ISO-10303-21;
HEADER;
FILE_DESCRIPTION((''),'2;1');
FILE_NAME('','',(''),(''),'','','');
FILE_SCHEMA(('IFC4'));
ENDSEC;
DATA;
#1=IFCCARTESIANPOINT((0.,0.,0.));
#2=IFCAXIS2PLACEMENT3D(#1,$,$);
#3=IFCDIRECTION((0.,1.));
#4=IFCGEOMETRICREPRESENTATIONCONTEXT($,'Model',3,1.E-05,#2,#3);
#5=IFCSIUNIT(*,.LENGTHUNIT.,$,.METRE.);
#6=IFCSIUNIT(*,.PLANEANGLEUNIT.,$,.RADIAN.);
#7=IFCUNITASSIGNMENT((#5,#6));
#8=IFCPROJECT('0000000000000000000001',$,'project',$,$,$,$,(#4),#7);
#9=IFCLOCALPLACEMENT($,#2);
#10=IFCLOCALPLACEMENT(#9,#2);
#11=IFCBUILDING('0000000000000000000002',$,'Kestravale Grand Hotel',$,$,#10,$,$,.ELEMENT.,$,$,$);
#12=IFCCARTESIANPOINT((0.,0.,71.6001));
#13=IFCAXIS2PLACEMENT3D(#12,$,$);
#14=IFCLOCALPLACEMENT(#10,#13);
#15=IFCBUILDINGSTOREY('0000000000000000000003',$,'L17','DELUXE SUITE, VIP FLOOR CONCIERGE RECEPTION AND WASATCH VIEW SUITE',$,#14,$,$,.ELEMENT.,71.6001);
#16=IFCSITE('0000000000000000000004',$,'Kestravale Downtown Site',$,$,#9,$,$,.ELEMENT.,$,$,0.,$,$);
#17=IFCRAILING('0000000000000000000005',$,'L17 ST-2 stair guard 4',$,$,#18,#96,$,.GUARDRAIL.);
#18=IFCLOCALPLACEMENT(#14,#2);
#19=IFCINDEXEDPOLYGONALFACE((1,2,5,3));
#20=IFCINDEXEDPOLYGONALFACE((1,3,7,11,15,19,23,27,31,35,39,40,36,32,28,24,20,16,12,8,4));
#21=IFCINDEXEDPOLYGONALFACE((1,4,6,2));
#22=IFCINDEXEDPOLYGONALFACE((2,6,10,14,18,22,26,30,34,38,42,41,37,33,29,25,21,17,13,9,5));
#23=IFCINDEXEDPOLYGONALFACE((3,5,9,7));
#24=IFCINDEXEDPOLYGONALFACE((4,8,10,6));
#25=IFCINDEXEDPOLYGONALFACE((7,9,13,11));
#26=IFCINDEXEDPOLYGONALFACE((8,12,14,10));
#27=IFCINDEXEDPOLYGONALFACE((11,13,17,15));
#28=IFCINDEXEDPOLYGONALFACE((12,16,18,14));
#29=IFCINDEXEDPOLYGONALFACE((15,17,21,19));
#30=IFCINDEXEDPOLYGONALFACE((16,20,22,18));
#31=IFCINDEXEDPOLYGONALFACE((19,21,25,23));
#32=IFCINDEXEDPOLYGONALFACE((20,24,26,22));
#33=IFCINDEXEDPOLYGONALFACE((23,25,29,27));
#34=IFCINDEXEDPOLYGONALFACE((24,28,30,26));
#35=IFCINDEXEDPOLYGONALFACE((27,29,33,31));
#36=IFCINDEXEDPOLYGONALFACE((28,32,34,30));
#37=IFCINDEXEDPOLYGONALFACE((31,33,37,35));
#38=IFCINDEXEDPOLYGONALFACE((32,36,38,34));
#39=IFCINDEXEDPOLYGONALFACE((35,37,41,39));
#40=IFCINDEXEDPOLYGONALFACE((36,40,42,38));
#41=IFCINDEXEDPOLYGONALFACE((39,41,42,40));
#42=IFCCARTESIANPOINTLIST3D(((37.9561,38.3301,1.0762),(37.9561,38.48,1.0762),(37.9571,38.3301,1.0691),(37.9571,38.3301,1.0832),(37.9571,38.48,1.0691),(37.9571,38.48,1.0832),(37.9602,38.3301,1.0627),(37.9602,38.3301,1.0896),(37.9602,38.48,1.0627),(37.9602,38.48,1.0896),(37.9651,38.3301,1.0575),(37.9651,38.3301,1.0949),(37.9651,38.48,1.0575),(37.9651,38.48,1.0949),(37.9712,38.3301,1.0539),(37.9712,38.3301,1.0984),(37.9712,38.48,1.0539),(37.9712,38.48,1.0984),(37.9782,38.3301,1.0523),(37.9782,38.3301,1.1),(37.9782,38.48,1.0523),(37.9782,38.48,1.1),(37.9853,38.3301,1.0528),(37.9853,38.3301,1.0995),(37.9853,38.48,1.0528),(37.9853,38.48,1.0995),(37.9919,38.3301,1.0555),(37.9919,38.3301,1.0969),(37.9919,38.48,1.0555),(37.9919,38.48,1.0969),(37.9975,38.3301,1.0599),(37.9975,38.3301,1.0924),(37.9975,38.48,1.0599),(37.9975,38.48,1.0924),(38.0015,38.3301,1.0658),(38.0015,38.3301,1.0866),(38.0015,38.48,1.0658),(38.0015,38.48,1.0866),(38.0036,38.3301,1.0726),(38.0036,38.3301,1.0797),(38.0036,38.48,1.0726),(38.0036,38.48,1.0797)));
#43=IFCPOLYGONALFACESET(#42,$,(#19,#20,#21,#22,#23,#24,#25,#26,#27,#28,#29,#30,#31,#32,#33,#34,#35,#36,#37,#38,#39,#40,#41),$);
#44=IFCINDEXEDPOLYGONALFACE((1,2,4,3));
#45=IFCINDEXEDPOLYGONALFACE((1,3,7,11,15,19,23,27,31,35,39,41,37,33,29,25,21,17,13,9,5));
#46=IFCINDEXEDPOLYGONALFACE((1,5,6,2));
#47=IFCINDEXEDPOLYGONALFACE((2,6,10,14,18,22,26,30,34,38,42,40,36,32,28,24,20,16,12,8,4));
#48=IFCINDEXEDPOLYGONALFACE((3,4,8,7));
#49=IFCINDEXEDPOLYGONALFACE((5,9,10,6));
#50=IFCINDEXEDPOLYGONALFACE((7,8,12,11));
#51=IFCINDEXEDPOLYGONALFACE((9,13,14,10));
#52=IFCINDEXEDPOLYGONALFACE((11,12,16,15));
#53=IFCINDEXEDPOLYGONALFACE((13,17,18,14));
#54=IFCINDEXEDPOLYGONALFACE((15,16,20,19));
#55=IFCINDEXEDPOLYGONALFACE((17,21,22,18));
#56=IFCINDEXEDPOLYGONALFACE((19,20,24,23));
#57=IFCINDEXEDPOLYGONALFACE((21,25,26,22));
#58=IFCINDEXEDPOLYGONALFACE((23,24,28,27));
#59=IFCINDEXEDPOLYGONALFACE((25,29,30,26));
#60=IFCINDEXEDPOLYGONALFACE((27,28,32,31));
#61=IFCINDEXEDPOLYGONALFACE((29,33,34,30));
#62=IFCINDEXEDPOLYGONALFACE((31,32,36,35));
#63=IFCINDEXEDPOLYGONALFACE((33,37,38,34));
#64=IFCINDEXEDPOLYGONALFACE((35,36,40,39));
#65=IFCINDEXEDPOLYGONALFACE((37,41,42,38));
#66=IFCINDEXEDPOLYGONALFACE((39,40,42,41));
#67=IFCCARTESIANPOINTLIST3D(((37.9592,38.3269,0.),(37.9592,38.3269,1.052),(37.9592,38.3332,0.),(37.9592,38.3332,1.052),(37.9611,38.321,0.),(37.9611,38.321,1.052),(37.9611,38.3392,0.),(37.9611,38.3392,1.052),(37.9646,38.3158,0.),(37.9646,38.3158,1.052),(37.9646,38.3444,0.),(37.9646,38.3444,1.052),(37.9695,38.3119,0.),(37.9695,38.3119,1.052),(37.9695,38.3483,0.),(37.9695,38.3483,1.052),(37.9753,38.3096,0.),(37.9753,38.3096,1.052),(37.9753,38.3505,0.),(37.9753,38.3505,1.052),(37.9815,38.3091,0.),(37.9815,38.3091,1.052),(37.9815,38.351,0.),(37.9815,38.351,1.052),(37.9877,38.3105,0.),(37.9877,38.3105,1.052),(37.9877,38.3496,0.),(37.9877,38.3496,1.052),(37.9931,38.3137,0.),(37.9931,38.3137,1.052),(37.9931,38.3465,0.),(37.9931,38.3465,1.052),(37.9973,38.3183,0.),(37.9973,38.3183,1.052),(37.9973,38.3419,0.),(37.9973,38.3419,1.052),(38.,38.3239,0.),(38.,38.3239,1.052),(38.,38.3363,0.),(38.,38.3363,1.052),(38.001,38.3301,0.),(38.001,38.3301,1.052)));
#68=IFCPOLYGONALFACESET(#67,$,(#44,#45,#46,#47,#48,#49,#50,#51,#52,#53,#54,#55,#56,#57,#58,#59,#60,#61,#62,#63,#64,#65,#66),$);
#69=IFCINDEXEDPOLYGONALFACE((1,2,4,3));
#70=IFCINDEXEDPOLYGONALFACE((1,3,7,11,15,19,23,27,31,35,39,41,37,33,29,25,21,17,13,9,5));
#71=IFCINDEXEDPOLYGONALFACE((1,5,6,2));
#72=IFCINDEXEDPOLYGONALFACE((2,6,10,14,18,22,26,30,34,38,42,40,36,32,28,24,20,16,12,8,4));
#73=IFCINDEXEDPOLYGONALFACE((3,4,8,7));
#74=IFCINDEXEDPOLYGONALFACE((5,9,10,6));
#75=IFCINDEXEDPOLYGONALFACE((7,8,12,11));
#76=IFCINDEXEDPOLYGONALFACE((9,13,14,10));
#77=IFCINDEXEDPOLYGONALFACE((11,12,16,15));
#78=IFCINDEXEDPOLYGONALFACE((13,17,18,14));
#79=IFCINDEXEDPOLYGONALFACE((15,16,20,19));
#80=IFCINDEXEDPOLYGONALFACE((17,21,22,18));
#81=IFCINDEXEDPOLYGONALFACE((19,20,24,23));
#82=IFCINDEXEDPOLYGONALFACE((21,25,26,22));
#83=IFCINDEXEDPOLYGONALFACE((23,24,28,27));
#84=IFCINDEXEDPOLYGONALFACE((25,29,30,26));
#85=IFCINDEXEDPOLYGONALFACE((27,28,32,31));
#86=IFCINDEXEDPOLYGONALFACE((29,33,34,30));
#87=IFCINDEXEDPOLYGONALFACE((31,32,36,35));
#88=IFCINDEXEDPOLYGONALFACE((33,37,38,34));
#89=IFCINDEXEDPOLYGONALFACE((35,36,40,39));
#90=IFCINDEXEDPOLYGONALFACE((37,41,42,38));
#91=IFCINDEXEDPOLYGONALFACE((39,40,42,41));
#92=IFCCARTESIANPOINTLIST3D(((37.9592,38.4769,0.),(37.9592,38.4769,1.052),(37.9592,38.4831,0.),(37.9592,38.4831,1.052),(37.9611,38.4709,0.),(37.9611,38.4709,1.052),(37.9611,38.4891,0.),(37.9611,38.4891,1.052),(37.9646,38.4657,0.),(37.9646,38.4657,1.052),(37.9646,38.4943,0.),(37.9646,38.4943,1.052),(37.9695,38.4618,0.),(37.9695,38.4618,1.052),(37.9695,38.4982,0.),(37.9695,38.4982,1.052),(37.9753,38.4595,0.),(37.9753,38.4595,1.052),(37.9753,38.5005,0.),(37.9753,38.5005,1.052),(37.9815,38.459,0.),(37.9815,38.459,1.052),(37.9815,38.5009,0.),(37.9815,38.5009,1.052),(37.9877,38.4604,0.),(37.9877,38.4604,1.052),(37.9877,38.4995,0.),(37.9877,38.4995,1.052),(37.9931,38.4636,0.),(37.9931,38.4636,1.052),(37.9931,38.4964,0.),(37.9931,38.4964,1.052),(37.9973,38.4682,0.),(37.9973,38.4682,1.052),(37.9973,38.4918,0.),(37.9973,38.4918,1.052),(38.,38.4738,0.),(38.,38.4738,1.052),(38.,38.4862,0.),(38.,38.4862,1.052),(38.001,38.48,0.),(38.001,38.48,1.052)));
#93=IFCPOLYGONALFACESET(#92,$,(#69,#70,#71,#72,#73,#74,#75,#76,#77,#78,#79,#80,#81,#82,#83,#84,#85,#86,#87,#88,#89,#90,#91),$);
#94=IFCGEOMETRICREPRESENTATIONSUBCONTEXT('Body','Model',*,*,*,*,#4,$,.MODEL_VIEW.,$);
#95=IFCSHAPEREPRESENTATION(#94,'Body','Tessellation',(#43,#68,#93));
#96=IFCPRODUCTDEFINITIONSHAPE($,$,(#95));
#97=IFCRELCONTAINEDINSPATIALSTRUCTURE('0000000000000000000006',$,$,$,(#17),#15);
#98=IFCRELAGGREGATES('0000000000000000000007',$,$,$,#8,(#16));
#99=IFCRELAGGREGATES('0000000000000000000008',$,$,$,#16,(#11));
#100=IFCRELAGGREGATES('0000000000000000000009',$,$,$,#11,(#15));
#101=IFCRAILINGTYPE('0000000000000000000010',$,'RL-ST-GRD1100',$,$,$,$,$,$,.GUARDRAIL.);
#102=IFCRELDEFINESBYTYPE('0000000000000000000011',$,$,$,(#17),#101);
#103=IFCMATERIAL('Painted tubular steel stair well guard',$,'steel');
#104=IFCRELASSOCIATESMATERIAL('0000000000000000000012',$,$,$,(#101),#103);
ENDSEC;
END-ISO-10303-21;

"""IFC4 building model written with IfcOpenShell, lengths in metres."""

from ifc_helpers import new_model, si_unit, direction, frame, origin, origin_2d, place, context, subcontext, project, spatial, circle, extrude, material, type_object, element, save


model = new_model("IFC4")

# Units and contexts
model_context = context("Model", 3, precision=1e-05, world=origin(), true_north=direction((0.0, 1.0)))
body_context = subcontext(model_context, "Body", "Model", "MODEL_VIEW")
ifc_project = project(units=[si_unit("LENGTHUNIT", "METRE"), si_unit("PLANEANGLEUNIT", "RADIAN")], contexts=[model_context])

# Site, building, storey
site_placement = place(None, origin())
site = spatial("IfcSite", under=ifc_project, at=site_placement, Name="Kestravale Downtown Site", CompositionType="ELEMENT", RefElevation=0.0)
building_placement = place(site_placement, origin())
building = spatial("IfcBuilding", under=site, at=building_placement, Name="Kestravale Grand Hotel", CompositionType="ELEMENT")
storey_placement = place(building_placement, frame((0.0, 0.0, 71.6001)))
storey = spatial("IfcBuildingStorey", under=building, at=storey_placement, Name="L17", Description="DELUXE SUITE, VIP FLOOR CONCIERGE RECEPTION AND WASATCH VIEW SUITE", CompositionType="ELEMENT", Elevation=71.6001)

# Railing
ifc_material_1 = material(Name="Painted tubular steel stair well guard", Category="steel")
railing_type_1 = type_object("IfcRailingType", Name="RL-ST-GRD1100", PredefinedType="GUARDRAIL", material=ifc_material_1)
railing_1_placement = place(storey_placement, frame((37.98, 38.3301, 0.0)))
element("IfcRailing", 1, at=railing_1_placement, inside=storey, type_object=railing_type_1, Name="L17 ST-2 stair guard 4", PredefinedType="GUARDRAIL", context=body_context, shape_type="SweptSolid", body=[
    extrude(circle(Radius=0.0239, at=origin_2d()), frame((0.0, 0.0, 1.0762), z_axis=(0.0, 1.0, 0.0), x_axis=(-1.0, 0.0, 0.0)), (0.0, 0.0, 1.0), 0.1499),
    extrude(circle(Radius=0.021, at=origin_2d()), origin(), (0.0, 0.0, 1.0), 1.052),
    extrude(circle(Radius=0.021, at=origin_2d()), frame((0.0, 0.1499, 0.0)), (0.0, 0.0, 1.0), 1.052),
])

save(model, "model.ifc")
